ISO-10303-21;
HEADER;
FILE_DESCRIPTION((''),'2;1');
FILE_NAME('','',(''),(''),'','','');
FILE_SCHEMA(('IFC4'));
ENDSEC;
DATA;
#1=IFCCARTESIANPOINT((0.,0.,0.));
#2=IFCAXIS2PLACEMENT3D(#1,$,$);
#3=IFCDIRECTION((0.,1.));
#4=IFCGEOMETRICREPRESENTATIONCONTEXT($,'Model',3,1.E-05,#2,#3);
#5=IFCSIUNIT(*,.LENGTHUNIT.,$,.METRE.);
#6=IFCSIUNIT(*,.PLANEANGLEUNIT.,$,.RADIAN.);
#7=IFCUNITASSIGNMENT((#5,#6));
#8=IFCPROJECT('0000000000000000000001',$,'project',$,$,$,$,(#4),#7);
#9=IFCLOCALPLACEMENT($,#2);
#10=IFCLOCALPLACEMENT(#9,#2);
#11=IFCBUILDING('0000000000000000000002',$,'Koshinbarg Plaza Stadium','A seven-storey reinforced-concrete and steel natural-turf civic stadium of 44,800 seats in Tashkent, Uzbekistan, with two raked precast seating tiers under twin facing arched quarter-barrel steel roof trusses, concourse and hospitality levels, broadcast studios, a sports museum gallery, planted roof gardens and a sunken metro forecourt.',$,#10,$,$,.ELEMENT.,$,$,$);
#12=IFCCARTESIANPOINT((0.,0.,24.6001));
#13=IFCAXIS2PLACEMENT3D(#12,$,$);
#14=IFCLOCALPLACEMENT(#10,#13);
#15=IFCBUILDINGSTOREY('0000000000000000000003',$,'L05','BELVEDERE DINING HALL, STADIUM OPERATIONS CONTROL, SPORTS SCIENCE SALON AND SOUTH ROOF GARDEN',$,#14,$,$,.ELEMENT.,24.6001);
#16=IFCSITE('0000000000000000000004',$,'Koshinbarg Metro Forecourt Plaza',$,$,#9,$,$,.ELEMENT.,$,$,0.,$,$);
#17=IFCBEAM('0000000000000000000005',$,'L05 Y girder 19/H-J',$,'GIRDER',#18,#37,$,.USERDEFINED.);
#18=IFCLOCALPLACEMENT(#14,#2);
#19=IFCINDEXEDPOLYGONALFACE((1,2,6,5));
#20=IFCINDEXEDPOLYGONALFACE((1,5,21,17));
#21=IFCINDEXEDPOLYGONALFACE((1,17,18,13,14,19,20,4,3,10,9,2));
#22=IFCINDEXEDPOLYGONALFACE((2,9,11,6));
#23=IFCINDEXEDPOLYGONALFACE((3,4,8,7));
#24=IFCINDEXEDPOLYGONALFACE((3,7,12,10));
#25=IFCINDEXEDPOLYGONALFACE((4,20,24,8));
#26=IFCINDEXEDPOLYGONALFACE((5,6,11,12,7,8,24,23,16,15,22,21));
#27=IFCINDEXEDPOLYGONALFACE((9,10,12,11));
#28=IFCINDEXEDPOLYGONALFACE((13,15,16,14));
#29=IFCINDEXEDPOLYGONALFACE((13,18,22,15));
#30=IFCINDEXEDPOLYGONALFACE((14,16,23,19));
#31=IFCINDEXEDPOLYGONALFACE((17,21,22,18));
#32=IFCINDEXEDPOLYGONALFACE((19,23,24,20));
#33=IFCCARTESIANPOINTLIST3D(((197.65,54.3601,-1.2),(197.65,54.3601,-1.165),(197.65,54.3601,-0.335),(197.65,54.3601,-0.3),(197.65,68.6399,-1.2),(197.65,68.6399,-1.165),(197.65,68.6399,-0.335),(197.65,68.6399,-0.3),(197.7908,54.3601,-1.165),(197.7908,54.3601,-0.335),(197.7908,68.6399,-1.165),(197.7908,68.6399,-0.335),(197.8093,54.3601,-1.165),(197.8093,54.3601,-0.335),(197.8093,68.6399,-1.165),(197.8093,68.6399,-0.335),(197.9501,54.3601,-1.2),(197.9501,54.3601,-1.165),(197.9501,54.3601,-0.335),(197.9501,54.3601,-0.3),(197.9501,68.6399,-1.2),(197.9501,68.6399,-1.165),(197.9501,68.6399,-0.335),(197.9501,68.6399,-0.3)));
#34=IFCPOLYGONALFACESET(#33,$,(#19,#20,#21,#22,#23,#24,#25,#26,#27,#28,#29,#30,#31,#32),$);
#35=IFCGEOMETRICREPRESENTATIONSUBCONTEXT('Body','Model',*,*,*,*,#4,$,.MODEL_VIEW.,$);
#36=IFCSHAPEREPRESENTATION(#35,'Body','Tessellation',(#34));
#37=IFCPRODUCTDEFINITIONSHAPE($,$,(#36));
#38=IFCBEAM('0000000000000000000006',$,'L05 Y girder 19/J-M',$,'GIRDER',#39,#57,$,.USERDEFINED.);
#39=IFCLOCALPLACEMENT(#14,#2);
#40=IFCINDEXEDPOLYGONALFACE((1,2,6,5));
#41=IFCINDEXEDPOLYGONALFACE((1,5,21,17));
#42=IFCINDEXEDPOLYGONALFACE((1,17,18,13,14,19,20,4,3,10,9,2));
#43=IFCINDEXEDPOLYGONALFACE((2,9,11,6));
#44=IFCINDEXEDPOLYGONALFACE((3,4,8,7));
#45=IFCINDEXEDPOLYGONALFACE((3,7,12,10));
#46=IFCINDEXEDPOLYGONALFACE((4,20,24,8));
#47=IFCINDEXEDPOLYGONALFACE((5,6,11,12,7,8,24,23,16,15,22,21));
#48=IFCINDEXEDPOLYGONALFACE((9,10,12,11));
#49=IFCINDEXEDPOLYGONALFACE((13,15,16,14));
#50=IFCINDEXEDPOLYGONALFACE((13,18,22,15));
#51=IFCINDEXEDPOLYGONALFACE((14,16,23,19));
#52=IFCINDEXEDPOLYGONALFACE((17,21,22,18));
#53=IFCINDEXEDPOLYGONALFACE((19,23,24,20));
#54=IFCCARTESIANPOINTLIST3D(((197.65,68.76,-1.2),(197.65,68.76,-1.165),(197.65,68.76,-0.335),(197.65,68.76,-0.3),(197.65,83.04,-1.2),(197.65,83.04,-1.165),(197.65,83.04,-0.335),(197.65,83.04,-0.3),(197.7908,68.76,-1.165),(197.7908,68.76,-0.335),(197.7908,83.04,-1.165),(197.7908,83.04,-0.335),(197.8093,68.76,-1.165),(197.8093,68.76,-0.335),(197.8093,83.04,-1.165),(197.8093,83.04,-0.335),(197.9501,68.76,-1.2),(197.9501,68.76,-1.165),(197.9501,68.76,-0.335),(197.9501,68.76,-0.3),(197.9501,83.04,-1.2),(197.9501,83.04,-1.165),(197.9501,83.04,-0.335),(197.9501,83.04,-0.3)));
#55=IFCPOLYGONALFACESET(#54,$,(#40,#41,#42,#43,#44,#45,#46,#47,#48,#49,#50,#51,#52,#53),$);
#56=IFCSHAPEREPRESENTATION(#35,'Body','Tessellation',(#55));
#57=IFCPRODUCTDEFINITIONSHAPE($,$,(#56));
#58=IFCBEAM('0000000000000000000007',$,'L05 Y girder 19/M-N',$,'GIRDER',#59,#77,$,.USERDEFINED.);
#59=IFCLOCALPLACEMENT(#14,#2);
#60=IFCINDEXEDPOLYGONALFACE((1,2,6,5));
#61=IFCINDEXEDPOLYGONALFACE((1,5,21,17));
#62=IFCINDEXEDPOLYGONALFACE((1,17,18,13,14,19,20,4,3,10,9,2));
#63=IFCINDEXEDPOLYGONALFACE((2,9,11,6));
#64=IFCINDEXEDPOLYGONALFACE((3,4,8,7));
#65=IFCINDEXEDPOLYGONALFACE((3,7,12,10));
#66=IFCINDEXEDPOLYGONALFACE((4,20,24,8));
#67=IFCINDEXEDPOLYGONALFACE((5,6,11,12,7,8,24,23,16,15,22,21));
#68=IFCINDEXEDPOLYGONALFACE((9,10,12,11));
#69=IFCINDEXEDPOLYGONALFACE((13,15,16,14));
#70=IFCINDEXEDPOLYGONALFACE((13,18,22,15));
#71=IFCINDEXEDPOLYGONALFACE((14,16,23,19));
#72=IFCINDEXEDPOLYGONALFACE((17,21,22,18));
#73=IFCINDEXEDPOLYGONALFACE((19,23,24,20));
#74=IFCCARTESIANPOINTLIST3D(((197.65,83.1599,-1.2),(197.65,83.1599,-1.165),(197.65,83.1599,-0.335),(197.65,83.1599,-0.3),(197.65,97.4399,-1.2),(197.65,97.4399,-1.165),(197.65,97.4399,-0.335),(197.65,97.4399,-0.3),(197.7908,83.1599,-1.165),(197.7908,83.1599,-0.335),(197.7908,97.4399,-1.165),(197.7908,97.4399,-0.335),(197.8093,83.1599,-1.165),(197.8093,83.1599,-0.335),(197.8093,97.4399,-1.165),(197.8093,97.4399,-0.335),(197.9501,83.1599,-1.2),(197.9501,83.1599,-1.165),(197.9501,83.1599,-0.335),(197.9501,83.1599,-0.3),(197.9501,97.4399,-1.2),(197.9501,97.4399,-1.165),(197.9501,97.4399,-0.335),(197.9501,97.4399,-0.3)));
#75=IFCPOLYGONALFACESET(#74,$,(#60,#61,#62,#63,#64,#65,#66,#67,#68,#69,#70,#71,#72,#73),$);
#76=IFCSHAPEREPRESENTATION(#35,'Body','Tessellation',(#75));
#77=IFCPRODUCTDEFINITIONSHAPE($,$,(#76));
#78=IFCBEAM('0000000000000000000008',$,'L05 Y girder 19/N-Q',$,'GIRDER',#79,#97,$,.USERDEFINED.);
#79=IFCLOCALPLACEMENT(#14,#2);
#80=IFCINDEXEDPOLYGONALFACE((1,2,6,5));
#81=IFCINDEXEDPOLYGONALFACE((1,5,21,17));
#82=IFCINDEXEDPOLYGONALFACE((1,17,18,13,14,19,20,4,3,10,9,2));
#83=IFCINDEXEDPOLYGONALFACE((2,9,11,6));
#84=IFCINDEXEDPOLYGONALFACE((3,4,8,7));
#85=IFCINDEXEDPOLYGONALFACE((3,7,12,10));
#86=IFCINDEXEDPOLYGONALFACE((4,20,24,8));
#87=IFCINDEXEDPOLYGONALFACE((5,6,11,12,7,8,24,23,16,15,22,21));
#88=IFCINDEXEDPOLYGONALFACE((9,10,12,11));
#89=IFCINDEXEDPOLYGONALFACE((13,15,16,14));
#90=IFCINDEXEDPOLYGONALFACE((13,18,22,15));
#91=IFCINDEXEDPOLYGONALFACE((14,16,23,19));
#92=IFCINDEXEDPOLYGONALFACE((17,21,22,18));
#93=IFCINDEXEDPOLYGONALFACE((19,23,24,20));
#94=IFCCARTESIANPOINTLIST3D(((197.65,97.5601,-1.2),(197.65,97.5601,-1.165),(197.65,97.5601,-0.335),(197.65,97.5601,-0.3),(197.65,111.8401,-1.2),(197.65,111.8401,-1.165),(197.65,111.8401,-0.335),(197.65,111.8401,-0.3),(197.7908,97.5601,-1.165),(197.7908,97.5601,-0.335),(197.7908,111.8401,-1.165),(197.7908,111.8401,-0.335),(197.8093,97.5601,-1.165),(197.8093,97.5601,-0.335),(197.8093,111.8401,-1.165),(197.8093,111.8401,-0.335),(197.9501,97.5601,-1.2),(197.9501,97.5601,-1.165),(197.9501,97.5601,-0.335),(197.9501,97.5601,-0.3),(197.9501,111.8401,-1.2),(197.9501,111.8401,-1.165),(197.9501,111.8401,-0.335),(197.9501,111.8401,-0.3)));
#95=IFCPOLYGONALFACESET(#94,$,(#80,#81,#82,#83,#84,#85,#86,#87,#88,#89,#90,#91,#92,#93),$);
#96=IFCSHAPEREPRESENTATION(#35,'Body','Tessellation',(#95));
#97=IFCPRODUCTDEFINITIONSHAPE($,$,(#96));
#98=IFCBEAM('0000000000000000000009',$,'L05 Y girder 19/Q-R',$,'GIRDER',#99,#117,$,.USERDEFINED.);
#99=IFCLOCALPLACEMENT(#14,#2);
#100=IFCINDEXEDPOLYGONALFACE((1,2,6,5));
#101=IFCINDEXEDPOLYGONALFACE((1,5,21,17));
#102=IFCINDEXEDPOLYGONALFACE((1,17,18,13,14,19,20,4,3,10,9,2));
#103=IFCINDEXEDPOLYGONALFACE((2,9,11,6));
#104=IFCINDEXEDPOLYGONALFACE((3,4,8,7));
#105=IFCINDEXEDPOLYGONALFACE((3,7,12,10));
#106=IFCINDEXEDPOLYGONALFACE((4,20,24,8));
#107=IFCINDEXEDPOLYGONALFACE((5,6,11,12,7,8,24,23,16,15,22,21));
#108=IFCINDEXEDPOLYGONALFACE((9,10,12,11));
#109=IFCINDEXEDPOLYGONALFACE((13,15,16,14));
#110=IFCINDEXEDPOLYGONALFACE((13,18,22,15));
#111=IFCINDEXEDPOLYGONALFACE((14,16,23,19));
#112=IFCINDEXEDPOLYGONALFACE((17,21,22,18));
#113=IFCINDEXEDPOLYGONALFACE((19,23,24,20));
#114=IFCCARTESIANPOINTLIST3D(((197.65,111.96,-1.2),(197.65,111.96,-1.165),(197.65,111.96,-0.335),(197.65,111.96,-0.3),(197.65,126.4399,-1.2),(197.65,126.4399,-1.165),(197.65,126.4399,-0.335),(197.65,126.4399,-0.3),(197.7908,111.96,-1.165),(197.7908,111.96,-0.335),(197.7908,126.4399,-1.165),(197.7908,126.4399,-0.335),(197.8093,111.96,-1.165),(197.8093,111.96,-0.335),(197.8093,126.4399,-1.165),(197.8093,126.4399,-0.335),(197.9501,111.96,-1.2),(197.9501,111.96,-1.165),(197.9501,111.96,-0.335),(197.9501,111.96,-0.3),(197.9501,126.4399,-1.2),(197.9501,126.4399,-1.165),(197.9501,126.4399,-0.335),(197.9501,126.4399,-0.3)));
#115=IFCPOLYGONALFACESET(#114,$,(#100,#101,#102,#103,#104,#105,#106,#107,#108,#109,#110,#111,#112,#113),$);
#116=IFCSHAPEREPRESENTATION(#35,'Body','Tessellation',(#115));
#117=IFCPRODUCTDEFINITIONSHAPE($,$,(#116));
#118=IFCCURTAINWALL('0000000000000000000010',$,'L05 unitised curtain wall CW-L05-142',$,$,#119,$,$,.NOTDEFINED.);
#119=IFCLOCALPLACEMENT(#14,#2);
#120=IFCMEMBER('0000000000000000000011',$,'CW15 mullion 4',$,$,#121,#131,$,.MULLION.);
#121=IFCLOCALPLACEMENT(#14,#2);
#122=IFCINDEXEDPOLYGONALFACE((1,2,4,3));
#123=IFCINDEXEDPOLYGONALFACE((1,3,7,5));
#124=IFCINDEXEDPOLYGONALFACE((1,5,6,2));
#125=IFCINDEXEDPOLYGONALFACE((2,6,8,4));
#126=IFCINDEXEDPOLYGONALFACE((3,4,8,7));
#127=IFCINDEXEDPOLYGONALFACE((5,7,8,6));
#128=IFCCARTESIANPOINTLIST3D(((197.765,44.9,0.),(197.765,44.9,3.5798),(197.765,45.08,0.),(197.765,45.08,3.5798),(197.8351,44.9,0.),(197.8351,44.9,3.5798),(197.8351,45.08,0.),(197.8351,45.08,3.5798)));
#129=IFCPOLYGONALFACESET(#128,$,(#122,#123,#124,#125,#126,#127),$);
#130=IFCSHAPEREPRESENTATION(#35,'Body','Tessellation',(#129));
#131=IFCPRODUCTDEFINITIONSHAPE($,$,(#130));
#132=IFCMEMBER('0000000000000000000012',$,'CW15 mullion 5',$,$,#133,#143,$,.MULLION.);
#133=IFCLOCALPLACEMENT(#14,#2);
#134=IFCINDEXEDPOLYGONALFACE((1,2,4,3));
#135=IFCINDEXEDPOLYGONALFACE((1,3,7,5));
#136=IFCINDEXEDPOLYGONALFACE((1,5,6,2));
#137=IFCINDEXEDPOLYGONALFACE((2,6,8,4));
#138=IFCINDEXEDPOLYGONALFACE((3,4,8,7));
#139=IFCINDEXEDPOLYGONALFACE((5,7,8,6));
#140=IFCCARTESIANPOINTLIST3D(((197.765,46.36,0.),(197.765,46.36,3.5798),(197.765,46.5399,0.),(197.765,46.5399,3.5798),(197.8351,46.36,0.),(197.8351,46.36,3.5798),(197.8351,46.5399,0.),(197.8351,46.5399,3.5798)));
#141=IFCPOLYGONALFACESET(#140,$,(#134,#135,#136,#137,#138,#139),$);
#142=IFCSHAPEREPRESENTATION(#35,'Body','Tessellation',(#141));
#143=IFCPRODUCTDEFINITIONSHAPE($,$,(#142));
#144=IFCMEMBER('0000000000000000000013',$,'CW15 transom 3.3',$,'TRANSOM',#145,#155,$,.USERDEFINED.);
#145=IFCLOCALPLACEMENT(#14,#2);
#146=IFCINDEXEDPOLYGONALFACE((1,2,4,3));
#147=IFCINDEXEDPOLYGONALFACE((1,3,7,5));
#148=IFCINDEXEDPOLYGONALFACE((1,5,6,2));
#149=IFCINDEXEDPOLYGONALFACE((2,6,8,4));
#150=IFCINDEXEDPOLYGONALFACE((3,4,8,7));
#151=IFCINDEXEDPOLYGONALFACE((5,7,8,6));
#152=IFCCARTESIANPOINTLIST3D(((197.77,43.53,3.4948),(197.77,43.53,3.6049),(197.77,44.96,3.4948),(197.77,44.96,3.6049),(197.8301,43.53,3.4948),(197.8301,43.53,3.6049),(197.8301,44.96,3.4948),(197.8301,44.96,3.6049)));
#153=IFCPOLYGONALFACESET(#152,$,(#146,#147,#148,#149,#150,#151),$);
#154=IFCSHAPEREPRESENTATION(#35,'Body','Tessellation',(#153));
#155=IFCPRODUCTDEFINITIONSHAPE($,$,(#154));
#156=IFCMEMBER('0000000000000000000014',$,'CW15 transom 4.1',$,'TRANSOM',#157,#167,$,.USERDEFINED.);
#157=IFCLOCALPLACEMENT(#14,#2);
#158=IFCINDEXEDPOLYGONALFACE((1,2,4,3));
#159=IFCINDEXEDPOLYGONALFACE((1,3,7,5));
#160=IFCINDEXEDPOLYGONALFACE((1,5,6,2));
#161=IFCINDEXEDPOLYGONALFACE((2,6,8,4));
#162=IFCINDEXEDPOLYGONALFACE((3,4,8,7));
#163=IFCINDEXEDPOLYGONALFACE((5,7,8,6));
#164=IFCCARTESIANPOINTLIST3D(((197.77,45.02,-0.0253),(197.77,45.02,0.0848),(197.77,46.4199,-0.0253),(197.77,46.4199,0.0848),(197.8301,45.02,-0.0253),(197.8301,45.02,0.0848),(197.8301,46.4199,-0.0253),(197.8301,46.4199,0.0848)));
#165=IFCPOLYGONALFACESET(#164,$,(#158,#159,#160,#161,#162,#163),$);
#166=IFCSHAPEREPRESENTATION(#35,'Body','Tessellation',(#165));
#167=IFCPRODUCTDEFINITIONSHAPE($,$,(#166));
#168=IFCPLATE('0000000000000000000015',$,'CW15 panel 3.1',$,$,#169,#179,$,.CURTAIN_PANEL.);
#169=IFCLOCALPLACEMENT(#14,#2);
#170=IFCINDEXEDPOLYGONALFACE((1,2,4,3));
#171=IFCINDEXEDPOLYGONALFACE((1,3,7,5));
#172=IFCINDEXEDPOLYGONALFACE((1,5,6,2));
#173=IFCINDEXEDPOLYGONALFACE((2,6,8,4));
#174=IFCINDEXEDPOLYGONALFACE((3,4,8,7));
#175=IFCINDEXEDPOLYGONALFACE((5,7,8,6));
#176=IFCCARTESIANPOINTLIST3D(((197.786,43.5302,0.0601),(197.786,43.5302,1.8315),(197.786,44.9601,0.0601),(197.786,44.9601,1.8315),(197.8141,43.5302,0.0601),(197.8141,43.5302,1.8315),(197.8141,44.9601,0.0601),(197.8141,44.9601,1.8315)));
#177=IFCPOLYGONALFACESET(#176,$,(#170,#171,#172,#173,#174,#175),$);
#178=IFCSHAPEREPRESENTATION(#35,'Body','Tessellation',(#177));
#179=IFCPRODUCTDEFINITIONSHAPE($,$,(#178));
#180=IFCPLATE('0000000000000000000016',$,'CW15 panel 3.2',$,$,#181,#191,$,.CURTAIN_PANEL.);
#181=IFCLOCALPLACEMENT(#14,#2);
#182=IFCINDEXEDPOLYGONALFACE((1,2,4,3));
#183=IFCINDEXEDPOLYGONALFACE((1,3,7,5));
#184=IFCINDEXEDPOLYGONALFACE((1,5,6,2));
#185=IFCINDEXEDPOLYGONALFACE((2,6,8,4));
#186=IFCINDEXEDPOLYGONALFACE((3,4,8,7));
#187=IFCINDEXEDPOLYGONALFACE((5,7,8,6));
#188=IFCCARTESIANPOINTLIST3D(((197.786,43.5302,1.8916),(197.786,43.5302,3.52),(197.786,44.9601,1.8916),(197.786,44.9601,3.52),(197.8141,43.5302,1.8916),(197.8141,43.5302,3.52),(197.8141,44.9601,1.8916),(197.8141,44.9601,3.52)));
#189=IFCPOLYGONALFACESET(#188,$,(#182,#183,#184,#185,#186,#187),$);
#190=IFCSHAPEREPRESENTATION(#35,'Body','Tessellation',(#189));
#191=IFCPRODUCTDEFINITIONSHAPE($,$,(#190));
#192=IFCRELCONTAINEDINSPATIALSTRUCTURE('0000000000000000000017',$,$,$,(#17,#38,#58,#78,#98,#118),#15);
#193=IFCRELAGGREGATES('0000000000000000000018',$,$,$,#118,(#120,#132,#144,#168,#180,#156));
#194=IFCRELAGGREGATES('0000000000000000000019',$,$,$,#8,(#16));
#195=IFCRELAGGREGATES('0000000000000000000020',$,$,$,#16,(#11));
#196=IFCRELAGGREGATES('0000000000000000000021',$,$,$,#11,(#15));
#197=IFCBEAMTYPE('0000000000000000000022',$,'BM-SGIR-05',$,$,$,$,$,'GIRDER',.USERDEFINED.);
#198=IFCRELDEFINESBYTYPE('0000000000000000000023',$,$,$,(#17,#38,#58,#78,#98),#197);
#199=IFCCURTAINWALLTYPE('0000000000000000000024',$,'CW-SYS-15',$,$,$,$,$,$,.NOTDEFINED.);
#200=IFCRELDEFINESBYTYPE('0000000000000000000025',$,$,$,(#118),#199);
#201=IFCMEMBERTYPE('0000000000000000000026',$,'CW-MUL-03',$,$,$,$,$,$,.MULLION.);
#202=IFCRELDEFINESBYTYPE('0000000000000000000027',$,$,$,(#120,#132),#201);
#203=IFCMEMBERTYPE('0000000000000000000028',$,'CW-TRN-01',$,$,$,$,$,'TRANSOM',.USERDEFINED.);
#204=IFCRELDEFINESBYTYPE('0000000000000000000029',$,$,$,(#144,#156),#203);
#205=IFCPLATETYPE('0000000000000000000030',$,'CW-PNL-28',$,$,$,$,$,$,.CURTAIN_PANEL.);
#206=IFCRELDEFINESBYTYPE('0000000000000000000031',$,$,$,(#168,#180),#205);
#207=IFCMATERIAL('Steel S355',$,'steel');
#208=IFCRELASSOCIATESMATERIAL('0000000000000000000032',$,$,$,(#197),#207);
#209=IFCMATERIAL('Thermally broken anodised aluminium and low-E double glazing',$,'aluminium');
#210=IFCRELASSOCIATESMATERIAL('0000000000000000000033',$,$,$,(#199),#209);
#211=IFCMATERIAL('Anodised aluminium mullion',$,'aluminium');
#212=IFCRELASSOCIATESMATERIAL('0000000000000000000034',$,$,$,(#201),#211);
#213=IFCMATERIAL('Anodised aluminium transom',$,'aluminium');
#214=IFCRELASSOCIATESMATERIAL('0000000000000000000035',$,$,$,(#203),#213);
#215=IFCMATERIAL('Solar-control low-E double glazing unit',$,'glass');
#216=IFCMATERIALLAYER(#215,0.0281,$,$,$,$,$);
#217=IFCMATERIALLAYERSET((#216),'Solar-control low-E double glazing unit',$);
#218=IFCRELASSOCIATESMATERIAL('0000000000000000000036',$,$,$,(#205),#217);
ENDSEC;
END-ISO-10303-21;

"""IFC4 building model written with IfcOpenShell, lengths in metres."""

from ifc_helpers import new_model, si_unit, direction, frame, origin, origin_2d, place, context, subcontext, project, spatial, rectangle, i_section, extrude, material, layer, layer_set, material_profile, profile_set, type_object, element, aggregate, save


model = new_model("IFC4")

# Units and contexts
model_context = context("Model", 3, precision=1e-05, world=origin(), true_north=direction((0.0, 1.0)))
body_context = subcontext(model_context, "Body", "Model", "MODEL_VIEW")
ifc_project = project(units=[si_unit("LENGTHUNIT", "METRE"), si_unit("PLANEANGLEUNIT", "RADIAN")], contexts=[model_context])

# Site, building, storey
site_placement = place(None, origin())
site = spatial("IfcSite", under=ifc_project, at=site_placement, Name="Koshinbarg Metro Forecourt Plaza", CompositionType="ELEMENT", RefElevation=0.0)
building_placement = place(site_placement, origin())
building = spatial("IfcBuilding", under=site, at=building_placement, Name="Koshinbarg Plaza Stadium", Description="A seven-storey reinforced-concrete and steel natural-turf civic stadium of 44,800 seats in Tashkent, Uzbekistan, with two raked precast seating tiers under twin facing arched quarter-barrel steel roof trusses, concourse and hospitality levels, broadcast studios, a sports museum gallery, planted roof gardens and a sunken metro forecourt.", CompositionType="ELEMENT")
storey_placement = place(building_placement, frame((0.0, 0.0, 24.6001)))
storey = spatial("IfcBuildingStorey", under=building, at=storey_placement, Name="L05", Description="BELVEDERE DINING HALL, STADIUM OPERATIONS CONTROL, SPORTS SCIENCE SALON AND SOUTH ROOF GARDEN", CompositionType="ELEMENT", Elevation=24.6001)

# Shared definitions
ifc_material_1 = material(Name="Steel S355", Category="steel")

# Beams
ifc_material_profile_1 = material_profile(ifc_material_1, i_section(OverallWidth=0.3, OverallDepth=0.8999, WebThickness=0.0186, FlangeThickness=0.0349, at=origin_2d()), Name="HEB 900")
ifc_profile_set_1 = profile_set([ifc_material_profile_1], Name="Steel S355")
beam_type = type_object("IfcBeamType", Name="BM-SGIR-05", ElementType="GIRDER", PredefinedType="USERDEFINED", material=ifc_profile_set_1)
beam_1_placement = place(storey_placement, frame((197.8, 54.3601, -0.75), z_axis=(0.0, 1.0, 0.0), x_axis=(-1.0, 0.0, 0.0)))
element("IfcBeam", 1, at=beam_1_placement, inside=storey, type_object=beam_type, Name="L05 Y girder 19/H-J", ObjectType="GIRDER", PredefinedType="USERDEFINED", context=body_context, shape_type="SweptSolid", body=[
    extrude(i_section(OverallWidth=0.3, OverallDepth=0.8999, WebThickness=0.0186, FlangeThickness=0.0349, at=origin_2d()), origin(), (0.0, 0.0, 1.0), 14.2798),
])
for number, where, z_axis, x_axis, name in (
    (2, (197.8, 68.76, -0.75), (0.0, 1.0, 0.0), (-1.0, 0.0, 0.0), "L05 Y girder 19/J-M"),
    (3, (197.8, 83.1599, -0.75), (0.0, 1.0, 0.0), (-1.0, 0.0, 0.0), "L05 Y girder 19/M-N"),
    (4, (197.8, 97.5601, -0.75), (0.0, 1.0, 0.0), (-1.0, 0.0, 0.0), "L05 Y girder 19/N-Q"),
):
    element("IfcBeam", number, at=place(storey_placement, frame(where, z_axis=z_axis, x_axis=x_axis)), inside=storey, type_object=beam_type, Name=name, ObjectType="GIRDER", PredefinedType="USERDEFINED", context=body_context, shape_type="SweptSolid", body=[
        extrude(i_section(OverallWidth=0.3, OverallDepth=0.8999, WebThickness=0.0186, FlangeThickness=0.0349, at=origin_2d()), origin(), (0.0, 0.0, 1.0), 14.28),
    ])
beam_2_placement = place(storey_placement, frame((197.8, 111.96, -0.75), z_axis=(0.0, 1.0, 0.0), x_axis=(-1.0, 0.0, 0.0)))
element("IfcBeam", 5, at=beam_2_placement, inside=storey, type_object=beam_type, Name="L05 Y girder 19/Q-R", ObjectType="GIRDER", PredefinedType="USERDEFINED", context=body_context, shape_type="SweptSolid", body=[
    extrude(i_section(OverallWidth=0.3, OverallDepth=0.8999, WebThickness=0.0186, FlangeThickness=0.0349, at=origin_2d()), origin(), (0.0, 0.0, 1.0), 14.48),
])

# Curtain wall, members, plates
ifc_material_2 = material(Name="Thermally broken anodised aluminium and low-E double glazing", Category="aluminium")
curtain_wall_type = type_object("IfcCurtainWallType", Name="CW-SYS-15", PredefinedType="NOTDEFINED", material=ifc_material_2)
curtain_wall_placement = place(storey_placement, origin())
curtain_wall = element("IfcCurtainWall", 6, at=curtain_wall_placement, inside=storey, type_object=curtain_wall_type, Name="L05 unitised curtain wall CW-L05-142", PredefinedType="NOTDEFINED")
ifc_material_3 = material(Name="Anodised aluminium mullion", Category="aluminium")
ifc_material_profile_2 = material_profile(ifc_material_3, rectangle(XDim=0.0701, YDim=0.1799, at=origin_2d()), Name="ALU 70x180")
ifc_profile_set_2 = profile_set([ifc_material_profile_2], Name="Anodised aluminium mullion")
member_type_1 = type_object("IfcMemberType", Name="CW-MUL-03", PredefinedType="MULLION", material=ifc_profile_set_2)
member_1_placement = place(storey_placement, frame((197.8, 44.99, 0.0), z_axis=(0.0, 0.0, 1.0), x_axis=(-1.0, 0.0, 0.0)))
member_1 = element("IfcMember", 7, at=member_1_placement, type_object=member_type_1, Name="CW15 mullion 4", PredefinedType="MULLION", context=body_context, shape_type="SweptSolid", body=[
    extrude(rectangle(XDim=0.0701, YDim=0.1799, at=origin_2d()), origin(), (0.0, 0.0, 1.0), 3.5798),
])
member_2_placement = place(storey_placement, frame((197.8, 46.45, 0.0), z_axis=(0.0, 0.0, 1.0), x_axis=(-1.0, 0.0, 0.0)))
member_2 = element("IfcMember", 8, at=member_2_placement, type_object=member_type_1, Name="CW15 mullion 5", PredefinedType="MULLION", context=body_context, shape_type="SweptSolid", body=[
    extrude(rectangle(XDim=0.0701, YDim=0.1799, at=origin_2d()), origin(), (0.0, 0.0, 1.0), 3.5798),
])
ifc_material_4 = material(Name="Anodised aluminium transom", Category="aluminium")
ifc_material_profile_3 = material_profile(ifc_material_4, rectangle(XDim=0.0601, YDim=0.1101, at=origin_2d()), Name="ALU 60x110")
ifc_profile_set_3 = profile_set([ifc_material_profile_3], Name="Anodised aluminium transom")
member_type_2 = type_object("IfcMemberType", Name="CW-TRN-01", ElementType="TRANSOM", PredefinedType="USERDEFINED", material=ifc_profile_set_3)
member_3_placement = place(storey_placement, frame((197.8, 43.53, 3.5498), z_axis=(0.0, 1.0, 0.0), x_axis=(-1.0, 0.0, 0.0)))
member_3 = element("IfcMember", 9, at=member_3_placement, type_object=member_type_2, Name="CW15 transom 3.3", ObjectType="TRANSOM", PredefinedType="USERDEFINED", context=body_context, shape_type="SweptSolid", body=[
    extrude(rectangle(XDim=0.0601, YDim=0.1101, at=origin_2d()), origin(), (0.0, 0.0, 1.0), 1.4299),
])
member_4_placement = place(storey_placement, frame((197.8, 45.02, 0.0298), z_axis=(0.0, 1.0, 0.0), x_axis=(-1.0, 0.0, 0.0)))
member_4 = element("IfcMember", 10, at=member_4_placement, type_object=member_type_2, Name="CW15 transom 4.1", ObjectType="TRANSOM", PredefinedType="USERDEFINED", context=body_context, shape_type="SweptSolid", body=[
    extrude(rectangle(XDim=0.0601, YDim=0.1101, at=origin_2d()), origin(), (0.0, 0.0, 1.0), 1.3999),
])
ifc_material_5 = material(Name="Solar-control low-E double glazing unit", Category="glass")
ifc_layer = layer(ifc_material_5, 0.0281)
ifc_layer_set = layer_set([ifc_layer], Name="Solar-control low-E double glazing unit")
plate_type = type_object("IfcPlateType", Name="CW-PNL-28", PredefinedType="CURTAIN_PANEL", material=ifc_layer_set)
plate_1_placement = place(storey_placement, frame((197.8, 44.2451, 0.0601), z_axis=(0.0, 0.0, 1.0), x_axis=(0.0, 1.0, 0.0)))
plate_1 = element("IfcPlate", 11, at=plate_1_placement, type_object=plate_type, Name="CW15 panel 3.1", PredefinedType="CURTAIN_PANEL", context=body_context, shape_type="SweptSolid", body=[
    extrude(rectangle(XDim=1.4299, YDim=0.0281, at=origin_2d()), origin(), (0.0, 0.0, 1.0), 1.7715),
])
plate_2_placement = place(storey_placement, frame((197.8, 44.2451, 1.8916), z_axis=(0.0, 0.0, 1.0), x_axis=(0.0, 1.0, 0.0)))
plate_2 = element("IfcPlate", 12, at=plate_2_placement, type_object=plate_type, Name="CW15 panel 3.2", PredefinedType="CURTAIN_PANEL", context=body_context, shape_type="SweptSolid", body=[
    extrude(rectangle(XDim=1.4299, YDim=0.0281, at=origin_2d()), origin(), (0.0, 0.0, 1.0), 1.6284),
])
aggregate(curtain_wall, [member_1, member_2, member_3, plate_1, plate_2, member_4])

save(model, "model.ifc")
